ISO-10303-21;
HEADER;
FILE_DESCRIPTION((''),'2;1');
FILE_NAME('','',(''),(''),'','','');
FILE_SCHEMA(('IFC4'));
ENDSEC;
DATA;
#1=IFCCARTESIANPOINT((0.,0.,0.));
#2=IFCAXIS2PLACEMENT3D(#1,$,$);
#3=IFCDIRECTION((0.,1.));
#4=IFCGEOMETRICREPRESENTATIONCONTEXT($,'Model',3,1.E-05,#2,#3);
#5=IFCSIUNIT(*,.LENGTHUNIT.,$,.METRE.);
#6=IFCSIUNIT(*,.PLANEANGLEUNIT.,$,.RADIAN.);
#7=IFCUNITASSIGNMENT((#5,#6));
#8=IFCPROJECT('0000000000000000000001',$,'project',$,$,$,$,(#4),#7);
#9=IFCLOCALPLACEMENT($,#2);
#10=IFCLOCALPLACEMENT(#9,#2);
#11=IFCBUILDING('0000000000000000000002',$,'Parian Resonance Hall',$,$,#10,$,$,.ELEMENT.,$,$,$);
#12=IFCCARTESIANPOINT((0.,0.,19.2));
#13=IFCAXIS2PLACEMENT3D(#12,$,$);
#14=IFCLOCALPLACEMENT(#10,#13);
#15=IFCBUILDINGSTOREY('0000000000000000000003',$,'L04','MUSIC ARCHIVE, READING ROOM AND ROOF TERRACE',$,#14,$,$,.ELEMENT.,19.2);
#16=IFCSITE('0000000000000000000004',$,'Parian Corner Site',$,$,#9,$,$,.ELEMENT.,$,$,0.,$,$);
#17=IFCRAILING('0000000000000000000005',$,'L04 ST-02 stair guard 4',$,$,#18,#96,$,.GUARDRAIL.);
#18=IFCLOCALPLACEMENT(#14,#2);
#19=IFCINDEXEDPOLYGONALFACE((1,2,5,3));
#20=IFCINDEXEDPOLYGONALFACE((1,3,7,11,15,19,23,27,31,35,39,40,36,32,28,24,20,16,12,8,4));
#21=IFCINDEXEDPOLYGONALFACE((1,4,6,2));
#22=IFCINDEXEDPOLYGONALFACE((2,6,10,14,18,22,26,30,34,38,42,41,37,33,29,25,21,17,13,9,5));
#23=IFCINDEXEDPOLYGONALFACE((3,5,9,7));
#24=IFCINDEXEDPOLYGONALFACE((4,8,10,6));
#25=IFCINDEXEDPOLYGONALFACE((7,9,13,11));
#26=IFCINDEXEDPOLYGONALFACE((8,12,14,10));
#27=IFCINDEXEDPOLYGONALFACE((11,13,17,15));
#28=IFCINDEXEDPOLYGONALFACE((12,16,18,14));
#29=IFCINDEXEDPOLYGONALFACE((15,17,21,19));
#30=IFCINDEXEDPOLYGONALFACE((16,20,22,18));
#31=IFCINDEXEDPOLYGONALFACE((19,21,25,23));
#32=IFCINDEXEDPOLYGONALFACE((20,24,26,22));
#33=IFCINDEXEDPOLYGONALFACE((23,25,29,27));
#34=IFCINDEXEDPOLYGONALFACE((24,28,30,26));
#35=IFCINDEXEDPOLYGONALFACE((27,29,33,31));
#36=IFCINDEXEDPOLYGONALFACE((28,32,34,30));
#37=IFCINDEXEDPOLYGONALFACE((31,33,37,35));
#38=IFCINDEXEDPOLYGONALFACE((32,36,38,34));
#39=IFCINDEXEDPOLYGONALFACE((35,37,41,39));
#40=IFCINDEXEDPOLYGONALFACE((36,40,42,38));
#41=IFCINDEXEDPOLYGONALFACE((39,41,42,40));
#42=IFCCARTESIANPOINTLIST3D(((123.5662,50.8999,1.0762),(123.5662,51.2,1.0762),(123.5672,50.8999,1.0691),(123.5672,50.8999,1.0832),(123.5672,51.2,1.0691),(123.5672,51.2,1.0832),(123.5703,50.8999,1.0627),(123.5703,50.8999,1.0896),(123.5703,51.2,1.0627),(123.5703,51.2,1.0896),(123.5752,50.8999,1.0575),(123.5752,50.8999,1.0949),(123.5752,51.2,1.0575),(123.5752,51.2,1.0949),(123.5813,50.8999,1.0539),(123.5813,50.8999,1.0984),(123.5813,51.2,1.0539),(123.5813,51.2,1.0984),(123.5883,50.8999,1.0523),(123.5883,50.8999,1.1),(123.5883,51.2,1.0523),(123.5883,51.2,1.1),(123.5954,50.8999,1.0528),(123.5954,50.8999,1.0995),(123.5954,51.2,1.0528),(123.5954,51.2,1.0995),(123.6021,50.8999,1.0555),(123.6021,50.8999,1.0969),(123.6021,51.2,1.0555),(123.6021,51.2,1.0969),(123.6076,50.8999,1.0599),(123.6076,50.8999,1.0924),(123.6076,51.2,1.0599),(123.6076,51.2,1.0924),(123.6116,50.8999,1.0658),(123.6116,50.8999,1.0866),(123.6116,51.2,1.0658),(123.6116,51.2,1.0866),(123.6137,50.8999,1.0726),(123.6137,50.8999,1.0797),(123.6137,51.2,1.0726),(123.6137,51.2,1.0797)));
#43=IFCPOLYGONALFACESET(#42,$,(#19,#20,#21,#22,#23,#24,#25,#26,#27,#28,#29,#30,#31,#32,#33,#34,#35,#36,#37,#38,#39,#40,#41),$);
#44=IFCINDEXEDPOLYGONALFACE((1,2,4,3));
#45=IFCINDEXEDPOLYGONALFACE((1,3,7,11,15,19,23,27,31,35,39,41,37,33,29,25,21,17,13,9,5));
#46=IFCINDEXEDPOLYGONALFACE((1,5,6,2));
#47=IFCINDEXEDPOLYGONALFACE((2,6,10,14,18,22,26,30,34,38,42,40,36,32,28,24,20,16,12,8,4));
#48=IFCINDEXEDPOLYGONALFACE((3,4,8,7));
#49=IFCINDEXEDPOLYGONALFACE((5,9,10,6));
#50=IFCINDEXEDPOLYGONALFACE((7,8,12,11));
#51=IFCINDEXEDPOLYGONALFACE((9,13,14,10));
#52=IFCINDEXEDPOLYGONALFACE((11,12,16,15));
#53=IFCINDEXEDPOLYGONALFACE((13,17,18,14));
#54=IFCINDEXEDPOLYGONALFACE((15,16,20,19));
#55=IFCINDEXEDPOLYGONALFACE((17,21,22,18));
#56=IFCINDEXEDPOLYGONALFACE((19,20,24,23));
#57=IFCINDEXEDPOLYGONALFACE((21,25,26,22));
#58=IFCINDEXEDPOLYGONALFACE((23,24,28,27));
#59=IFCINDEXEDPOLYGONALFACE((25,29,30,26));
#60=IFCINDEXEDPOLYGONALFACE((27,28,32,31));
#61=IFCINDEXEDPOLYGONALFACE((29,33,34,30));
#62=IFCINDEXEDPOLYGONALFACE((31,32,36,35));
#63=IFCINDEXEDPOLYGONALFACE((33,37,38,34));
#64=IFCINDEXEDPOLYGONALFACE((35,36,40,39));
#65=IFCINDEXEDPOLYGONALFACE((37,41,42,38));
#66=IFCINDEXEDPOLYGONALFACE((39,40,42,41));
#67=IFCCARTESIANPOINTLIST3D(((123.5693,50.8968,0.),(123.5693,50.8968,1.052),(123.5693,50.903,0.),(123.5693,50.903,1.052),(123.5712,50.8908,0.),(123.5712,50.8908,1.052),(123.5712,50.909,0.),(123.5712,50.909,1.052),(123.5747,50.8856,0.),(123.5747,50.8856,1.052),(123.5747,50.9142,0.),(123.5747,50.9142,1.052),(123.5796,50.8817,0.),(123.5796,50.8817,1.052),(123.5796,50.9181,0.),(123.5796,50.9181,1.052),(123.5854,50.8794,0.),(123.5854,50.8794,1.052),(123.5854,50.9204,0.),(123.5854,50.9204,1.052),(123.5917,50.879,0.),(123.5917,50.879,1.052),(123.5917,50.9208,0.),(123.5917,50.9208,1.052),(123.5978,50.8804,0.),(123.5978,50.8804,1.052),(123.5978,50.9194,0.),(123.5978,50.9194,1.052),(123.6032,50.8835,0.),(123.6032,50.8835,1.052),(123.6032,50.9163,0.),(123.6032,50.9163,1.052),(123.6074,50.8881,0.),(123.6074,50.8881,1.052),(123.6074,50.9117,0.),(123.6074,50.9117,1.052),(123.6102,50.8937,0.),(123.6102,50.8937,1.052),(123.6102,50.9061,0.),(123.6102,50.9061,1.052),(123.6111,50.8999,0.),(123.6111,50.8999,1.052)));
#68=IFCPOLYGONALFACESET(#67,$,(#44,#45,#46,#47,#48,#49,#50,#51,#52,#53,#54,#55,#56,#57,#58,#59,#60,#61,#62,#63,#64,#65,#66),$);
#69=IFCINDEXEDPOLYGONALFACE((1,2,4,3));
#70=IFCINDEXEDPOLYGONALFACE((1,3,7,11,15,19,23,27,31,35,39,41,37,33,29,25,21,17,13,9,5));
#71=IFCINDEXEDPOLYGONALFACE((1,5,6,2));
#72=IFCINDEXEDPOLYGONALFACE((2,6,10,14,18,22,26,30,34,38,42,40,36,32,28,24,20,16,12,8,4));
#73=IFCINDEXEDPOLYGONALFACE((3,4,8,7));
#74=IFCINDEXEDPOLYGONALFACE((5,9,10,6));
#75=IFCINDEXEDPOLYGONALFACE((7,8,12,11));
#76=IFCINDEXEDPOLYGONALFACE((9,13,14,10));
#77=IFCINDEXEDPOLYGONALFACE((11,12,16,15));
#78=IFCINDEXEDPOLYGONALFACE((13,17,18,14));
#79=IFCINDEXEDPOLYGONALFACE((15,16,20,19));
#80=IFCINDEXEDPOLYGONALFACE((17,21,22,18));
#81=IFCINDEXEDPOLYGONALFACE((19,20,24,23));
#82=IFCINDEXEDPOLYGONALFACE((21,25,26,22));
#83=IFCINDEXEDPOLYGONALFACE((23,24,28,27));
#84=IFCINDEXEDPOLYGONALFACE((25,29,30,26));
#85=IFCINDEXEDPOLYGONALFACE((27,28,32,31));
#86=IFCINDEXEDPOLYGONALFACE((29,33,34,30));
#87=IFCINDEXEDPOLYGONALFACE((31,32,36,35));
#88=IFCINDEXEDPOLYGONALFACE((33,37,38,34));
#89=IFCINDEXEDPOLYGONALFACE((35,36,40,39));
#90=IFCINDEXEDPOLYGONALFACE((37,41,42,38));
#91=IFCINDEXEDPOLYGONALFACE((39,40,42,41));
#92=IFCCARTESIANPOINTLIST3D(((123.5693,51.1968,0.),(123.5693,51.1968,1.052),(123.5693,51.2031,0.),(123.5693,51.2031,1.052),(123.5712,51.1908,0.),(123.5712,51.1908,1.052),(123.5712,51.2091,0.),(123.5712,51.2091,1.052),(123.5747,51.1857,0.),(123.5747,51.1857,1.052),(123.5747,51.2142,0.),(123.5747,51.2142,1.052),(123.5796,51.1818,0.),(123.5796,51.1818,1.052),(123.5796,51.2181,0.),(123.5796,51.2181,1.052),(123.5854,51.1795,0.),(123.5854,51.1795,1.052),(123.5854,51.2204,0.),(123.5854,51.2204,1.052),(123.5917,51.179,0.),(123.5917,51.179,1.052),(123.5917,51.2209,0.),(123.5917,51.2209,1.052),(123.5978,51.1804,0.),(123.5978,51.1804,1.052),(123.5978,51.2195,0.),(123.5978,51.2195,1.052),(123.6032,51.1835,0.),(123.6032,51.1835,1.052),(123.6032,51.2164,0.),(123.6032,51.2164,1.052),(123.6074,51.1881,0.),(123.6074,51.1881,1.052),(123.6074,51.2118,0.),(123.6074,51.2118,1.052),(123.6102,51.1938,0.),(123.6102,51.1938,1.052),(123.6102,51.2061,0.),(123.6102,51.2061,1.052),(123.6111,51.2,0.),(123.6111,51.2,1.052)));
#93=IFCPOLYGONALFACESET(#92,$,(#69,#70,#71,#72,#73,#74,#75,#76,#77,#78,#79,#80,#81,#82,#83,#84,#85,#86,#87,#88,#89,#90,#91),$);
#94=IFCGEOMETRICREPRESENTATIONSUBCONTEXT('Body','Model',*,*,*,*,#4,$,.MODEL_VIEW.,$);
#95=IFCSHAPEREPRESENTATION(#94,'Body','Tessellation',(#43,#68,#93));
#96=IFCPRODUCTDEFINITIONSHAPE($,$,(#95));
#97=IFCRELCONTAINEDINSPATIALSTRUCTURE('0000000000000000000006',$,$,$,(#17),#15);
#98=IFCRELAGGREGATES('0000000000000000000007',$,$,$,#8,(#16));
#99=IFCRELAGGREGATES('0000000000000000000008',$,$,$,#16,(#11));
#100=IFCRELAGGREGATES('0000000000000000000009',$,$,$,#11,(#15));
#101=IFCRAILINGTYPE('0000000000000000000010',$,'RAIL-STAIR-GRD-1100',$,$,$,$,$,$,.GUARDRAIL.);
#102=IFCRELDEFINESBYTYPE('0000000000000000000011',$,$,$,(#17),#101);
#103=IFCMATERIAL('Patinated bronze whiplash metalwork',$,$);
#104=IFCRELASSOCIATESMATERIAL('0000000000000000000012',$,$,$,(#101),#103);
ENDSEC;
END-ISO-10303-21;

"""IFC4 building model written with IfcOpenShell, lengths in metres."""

from ifc_helpers import new_model, si_unit, direction, frame, origin, origin_2d, place, context, subcontext, project, spatial, circle, extrude, material, type_object, element, save


model = new_model("IFC4")

# Units and contexts
model_context = context("Model", 3, precision=1e-05, world=origin(), true_north=direction((0.0, 1.0)))
body_context = subcontext(model_context, "Body", "Model", "MODEL_VIEW")
ifc_project = project(units=[si_unit("LENGTHUNIT", "METRE"), si_unit("PLANEANGLEUNIT", "RADIAN")], contexts=[model_context])

# Site, building, storey
site_placement = place(None, origin())
site = spatial("IfcSite", under=ifc_project, at=site_placement, Name="Parian Corner Site", CompositionType="ELEMENT", RefElevation=0.0)
building_placement = place(site_placement, origin())
building = spatial("IfcBuilding", under=site, at=building_placement, Name="Parian Resonance Hall", CompositionType="ELEMENT")
storey_placement = place(building_placement, frame((0.0, 0.0, 19.2)))
storey = spatial("IfcBuildingStorey", under=building, at=storey_placement, Name="L04", Description="MUSIC ARCHIVE, READING ROOM AND ROOF TERRACE", CompositionType="ELEMENT", Elevation=19.2)

# Railing
ifc_material_1 = material(Name="Patinated bronze whiplash metalwork")
railing_type_1 = type_object("IfcRailingType", Name="RAIL-STAIR-GRD-1100", PredefinedType="GUARDRAIL", material=ifc_material_1)
railing_1_placement = place(storey_placement, frame((123.5901, 50.8999, 0.0)))
element("IfcRailing", 1, at=railing_1_placement, inside=storey, type_object=railing_type_1, Name="L04 ST-02 stair guard 4", PredefinedType="GUARDRAIL", context=body_context, shape_type="SweptSolid", body=[
    extrude(circle(Radius=0.0239, at=origin_2d()), frame((0.0, 0.0, 1.0762), z_axis=(0.0, 1.0, 0.0), x_axis=(-1.0, 0.0, 0.0)), (0.0, 0.0, 1.0), 0.3),
    extrude(circle(Radius=0.021, at=origin_2d()), origin(), (0.0, 0.0, 1.0), 1.052),
    extrude(circle(Radius=0.021, at=origin_2d()), frame((0.0, 0.3, 0.0)), (0.0, 0.0, 1.0), 1.052),
])

save(model, "model.ifc")
